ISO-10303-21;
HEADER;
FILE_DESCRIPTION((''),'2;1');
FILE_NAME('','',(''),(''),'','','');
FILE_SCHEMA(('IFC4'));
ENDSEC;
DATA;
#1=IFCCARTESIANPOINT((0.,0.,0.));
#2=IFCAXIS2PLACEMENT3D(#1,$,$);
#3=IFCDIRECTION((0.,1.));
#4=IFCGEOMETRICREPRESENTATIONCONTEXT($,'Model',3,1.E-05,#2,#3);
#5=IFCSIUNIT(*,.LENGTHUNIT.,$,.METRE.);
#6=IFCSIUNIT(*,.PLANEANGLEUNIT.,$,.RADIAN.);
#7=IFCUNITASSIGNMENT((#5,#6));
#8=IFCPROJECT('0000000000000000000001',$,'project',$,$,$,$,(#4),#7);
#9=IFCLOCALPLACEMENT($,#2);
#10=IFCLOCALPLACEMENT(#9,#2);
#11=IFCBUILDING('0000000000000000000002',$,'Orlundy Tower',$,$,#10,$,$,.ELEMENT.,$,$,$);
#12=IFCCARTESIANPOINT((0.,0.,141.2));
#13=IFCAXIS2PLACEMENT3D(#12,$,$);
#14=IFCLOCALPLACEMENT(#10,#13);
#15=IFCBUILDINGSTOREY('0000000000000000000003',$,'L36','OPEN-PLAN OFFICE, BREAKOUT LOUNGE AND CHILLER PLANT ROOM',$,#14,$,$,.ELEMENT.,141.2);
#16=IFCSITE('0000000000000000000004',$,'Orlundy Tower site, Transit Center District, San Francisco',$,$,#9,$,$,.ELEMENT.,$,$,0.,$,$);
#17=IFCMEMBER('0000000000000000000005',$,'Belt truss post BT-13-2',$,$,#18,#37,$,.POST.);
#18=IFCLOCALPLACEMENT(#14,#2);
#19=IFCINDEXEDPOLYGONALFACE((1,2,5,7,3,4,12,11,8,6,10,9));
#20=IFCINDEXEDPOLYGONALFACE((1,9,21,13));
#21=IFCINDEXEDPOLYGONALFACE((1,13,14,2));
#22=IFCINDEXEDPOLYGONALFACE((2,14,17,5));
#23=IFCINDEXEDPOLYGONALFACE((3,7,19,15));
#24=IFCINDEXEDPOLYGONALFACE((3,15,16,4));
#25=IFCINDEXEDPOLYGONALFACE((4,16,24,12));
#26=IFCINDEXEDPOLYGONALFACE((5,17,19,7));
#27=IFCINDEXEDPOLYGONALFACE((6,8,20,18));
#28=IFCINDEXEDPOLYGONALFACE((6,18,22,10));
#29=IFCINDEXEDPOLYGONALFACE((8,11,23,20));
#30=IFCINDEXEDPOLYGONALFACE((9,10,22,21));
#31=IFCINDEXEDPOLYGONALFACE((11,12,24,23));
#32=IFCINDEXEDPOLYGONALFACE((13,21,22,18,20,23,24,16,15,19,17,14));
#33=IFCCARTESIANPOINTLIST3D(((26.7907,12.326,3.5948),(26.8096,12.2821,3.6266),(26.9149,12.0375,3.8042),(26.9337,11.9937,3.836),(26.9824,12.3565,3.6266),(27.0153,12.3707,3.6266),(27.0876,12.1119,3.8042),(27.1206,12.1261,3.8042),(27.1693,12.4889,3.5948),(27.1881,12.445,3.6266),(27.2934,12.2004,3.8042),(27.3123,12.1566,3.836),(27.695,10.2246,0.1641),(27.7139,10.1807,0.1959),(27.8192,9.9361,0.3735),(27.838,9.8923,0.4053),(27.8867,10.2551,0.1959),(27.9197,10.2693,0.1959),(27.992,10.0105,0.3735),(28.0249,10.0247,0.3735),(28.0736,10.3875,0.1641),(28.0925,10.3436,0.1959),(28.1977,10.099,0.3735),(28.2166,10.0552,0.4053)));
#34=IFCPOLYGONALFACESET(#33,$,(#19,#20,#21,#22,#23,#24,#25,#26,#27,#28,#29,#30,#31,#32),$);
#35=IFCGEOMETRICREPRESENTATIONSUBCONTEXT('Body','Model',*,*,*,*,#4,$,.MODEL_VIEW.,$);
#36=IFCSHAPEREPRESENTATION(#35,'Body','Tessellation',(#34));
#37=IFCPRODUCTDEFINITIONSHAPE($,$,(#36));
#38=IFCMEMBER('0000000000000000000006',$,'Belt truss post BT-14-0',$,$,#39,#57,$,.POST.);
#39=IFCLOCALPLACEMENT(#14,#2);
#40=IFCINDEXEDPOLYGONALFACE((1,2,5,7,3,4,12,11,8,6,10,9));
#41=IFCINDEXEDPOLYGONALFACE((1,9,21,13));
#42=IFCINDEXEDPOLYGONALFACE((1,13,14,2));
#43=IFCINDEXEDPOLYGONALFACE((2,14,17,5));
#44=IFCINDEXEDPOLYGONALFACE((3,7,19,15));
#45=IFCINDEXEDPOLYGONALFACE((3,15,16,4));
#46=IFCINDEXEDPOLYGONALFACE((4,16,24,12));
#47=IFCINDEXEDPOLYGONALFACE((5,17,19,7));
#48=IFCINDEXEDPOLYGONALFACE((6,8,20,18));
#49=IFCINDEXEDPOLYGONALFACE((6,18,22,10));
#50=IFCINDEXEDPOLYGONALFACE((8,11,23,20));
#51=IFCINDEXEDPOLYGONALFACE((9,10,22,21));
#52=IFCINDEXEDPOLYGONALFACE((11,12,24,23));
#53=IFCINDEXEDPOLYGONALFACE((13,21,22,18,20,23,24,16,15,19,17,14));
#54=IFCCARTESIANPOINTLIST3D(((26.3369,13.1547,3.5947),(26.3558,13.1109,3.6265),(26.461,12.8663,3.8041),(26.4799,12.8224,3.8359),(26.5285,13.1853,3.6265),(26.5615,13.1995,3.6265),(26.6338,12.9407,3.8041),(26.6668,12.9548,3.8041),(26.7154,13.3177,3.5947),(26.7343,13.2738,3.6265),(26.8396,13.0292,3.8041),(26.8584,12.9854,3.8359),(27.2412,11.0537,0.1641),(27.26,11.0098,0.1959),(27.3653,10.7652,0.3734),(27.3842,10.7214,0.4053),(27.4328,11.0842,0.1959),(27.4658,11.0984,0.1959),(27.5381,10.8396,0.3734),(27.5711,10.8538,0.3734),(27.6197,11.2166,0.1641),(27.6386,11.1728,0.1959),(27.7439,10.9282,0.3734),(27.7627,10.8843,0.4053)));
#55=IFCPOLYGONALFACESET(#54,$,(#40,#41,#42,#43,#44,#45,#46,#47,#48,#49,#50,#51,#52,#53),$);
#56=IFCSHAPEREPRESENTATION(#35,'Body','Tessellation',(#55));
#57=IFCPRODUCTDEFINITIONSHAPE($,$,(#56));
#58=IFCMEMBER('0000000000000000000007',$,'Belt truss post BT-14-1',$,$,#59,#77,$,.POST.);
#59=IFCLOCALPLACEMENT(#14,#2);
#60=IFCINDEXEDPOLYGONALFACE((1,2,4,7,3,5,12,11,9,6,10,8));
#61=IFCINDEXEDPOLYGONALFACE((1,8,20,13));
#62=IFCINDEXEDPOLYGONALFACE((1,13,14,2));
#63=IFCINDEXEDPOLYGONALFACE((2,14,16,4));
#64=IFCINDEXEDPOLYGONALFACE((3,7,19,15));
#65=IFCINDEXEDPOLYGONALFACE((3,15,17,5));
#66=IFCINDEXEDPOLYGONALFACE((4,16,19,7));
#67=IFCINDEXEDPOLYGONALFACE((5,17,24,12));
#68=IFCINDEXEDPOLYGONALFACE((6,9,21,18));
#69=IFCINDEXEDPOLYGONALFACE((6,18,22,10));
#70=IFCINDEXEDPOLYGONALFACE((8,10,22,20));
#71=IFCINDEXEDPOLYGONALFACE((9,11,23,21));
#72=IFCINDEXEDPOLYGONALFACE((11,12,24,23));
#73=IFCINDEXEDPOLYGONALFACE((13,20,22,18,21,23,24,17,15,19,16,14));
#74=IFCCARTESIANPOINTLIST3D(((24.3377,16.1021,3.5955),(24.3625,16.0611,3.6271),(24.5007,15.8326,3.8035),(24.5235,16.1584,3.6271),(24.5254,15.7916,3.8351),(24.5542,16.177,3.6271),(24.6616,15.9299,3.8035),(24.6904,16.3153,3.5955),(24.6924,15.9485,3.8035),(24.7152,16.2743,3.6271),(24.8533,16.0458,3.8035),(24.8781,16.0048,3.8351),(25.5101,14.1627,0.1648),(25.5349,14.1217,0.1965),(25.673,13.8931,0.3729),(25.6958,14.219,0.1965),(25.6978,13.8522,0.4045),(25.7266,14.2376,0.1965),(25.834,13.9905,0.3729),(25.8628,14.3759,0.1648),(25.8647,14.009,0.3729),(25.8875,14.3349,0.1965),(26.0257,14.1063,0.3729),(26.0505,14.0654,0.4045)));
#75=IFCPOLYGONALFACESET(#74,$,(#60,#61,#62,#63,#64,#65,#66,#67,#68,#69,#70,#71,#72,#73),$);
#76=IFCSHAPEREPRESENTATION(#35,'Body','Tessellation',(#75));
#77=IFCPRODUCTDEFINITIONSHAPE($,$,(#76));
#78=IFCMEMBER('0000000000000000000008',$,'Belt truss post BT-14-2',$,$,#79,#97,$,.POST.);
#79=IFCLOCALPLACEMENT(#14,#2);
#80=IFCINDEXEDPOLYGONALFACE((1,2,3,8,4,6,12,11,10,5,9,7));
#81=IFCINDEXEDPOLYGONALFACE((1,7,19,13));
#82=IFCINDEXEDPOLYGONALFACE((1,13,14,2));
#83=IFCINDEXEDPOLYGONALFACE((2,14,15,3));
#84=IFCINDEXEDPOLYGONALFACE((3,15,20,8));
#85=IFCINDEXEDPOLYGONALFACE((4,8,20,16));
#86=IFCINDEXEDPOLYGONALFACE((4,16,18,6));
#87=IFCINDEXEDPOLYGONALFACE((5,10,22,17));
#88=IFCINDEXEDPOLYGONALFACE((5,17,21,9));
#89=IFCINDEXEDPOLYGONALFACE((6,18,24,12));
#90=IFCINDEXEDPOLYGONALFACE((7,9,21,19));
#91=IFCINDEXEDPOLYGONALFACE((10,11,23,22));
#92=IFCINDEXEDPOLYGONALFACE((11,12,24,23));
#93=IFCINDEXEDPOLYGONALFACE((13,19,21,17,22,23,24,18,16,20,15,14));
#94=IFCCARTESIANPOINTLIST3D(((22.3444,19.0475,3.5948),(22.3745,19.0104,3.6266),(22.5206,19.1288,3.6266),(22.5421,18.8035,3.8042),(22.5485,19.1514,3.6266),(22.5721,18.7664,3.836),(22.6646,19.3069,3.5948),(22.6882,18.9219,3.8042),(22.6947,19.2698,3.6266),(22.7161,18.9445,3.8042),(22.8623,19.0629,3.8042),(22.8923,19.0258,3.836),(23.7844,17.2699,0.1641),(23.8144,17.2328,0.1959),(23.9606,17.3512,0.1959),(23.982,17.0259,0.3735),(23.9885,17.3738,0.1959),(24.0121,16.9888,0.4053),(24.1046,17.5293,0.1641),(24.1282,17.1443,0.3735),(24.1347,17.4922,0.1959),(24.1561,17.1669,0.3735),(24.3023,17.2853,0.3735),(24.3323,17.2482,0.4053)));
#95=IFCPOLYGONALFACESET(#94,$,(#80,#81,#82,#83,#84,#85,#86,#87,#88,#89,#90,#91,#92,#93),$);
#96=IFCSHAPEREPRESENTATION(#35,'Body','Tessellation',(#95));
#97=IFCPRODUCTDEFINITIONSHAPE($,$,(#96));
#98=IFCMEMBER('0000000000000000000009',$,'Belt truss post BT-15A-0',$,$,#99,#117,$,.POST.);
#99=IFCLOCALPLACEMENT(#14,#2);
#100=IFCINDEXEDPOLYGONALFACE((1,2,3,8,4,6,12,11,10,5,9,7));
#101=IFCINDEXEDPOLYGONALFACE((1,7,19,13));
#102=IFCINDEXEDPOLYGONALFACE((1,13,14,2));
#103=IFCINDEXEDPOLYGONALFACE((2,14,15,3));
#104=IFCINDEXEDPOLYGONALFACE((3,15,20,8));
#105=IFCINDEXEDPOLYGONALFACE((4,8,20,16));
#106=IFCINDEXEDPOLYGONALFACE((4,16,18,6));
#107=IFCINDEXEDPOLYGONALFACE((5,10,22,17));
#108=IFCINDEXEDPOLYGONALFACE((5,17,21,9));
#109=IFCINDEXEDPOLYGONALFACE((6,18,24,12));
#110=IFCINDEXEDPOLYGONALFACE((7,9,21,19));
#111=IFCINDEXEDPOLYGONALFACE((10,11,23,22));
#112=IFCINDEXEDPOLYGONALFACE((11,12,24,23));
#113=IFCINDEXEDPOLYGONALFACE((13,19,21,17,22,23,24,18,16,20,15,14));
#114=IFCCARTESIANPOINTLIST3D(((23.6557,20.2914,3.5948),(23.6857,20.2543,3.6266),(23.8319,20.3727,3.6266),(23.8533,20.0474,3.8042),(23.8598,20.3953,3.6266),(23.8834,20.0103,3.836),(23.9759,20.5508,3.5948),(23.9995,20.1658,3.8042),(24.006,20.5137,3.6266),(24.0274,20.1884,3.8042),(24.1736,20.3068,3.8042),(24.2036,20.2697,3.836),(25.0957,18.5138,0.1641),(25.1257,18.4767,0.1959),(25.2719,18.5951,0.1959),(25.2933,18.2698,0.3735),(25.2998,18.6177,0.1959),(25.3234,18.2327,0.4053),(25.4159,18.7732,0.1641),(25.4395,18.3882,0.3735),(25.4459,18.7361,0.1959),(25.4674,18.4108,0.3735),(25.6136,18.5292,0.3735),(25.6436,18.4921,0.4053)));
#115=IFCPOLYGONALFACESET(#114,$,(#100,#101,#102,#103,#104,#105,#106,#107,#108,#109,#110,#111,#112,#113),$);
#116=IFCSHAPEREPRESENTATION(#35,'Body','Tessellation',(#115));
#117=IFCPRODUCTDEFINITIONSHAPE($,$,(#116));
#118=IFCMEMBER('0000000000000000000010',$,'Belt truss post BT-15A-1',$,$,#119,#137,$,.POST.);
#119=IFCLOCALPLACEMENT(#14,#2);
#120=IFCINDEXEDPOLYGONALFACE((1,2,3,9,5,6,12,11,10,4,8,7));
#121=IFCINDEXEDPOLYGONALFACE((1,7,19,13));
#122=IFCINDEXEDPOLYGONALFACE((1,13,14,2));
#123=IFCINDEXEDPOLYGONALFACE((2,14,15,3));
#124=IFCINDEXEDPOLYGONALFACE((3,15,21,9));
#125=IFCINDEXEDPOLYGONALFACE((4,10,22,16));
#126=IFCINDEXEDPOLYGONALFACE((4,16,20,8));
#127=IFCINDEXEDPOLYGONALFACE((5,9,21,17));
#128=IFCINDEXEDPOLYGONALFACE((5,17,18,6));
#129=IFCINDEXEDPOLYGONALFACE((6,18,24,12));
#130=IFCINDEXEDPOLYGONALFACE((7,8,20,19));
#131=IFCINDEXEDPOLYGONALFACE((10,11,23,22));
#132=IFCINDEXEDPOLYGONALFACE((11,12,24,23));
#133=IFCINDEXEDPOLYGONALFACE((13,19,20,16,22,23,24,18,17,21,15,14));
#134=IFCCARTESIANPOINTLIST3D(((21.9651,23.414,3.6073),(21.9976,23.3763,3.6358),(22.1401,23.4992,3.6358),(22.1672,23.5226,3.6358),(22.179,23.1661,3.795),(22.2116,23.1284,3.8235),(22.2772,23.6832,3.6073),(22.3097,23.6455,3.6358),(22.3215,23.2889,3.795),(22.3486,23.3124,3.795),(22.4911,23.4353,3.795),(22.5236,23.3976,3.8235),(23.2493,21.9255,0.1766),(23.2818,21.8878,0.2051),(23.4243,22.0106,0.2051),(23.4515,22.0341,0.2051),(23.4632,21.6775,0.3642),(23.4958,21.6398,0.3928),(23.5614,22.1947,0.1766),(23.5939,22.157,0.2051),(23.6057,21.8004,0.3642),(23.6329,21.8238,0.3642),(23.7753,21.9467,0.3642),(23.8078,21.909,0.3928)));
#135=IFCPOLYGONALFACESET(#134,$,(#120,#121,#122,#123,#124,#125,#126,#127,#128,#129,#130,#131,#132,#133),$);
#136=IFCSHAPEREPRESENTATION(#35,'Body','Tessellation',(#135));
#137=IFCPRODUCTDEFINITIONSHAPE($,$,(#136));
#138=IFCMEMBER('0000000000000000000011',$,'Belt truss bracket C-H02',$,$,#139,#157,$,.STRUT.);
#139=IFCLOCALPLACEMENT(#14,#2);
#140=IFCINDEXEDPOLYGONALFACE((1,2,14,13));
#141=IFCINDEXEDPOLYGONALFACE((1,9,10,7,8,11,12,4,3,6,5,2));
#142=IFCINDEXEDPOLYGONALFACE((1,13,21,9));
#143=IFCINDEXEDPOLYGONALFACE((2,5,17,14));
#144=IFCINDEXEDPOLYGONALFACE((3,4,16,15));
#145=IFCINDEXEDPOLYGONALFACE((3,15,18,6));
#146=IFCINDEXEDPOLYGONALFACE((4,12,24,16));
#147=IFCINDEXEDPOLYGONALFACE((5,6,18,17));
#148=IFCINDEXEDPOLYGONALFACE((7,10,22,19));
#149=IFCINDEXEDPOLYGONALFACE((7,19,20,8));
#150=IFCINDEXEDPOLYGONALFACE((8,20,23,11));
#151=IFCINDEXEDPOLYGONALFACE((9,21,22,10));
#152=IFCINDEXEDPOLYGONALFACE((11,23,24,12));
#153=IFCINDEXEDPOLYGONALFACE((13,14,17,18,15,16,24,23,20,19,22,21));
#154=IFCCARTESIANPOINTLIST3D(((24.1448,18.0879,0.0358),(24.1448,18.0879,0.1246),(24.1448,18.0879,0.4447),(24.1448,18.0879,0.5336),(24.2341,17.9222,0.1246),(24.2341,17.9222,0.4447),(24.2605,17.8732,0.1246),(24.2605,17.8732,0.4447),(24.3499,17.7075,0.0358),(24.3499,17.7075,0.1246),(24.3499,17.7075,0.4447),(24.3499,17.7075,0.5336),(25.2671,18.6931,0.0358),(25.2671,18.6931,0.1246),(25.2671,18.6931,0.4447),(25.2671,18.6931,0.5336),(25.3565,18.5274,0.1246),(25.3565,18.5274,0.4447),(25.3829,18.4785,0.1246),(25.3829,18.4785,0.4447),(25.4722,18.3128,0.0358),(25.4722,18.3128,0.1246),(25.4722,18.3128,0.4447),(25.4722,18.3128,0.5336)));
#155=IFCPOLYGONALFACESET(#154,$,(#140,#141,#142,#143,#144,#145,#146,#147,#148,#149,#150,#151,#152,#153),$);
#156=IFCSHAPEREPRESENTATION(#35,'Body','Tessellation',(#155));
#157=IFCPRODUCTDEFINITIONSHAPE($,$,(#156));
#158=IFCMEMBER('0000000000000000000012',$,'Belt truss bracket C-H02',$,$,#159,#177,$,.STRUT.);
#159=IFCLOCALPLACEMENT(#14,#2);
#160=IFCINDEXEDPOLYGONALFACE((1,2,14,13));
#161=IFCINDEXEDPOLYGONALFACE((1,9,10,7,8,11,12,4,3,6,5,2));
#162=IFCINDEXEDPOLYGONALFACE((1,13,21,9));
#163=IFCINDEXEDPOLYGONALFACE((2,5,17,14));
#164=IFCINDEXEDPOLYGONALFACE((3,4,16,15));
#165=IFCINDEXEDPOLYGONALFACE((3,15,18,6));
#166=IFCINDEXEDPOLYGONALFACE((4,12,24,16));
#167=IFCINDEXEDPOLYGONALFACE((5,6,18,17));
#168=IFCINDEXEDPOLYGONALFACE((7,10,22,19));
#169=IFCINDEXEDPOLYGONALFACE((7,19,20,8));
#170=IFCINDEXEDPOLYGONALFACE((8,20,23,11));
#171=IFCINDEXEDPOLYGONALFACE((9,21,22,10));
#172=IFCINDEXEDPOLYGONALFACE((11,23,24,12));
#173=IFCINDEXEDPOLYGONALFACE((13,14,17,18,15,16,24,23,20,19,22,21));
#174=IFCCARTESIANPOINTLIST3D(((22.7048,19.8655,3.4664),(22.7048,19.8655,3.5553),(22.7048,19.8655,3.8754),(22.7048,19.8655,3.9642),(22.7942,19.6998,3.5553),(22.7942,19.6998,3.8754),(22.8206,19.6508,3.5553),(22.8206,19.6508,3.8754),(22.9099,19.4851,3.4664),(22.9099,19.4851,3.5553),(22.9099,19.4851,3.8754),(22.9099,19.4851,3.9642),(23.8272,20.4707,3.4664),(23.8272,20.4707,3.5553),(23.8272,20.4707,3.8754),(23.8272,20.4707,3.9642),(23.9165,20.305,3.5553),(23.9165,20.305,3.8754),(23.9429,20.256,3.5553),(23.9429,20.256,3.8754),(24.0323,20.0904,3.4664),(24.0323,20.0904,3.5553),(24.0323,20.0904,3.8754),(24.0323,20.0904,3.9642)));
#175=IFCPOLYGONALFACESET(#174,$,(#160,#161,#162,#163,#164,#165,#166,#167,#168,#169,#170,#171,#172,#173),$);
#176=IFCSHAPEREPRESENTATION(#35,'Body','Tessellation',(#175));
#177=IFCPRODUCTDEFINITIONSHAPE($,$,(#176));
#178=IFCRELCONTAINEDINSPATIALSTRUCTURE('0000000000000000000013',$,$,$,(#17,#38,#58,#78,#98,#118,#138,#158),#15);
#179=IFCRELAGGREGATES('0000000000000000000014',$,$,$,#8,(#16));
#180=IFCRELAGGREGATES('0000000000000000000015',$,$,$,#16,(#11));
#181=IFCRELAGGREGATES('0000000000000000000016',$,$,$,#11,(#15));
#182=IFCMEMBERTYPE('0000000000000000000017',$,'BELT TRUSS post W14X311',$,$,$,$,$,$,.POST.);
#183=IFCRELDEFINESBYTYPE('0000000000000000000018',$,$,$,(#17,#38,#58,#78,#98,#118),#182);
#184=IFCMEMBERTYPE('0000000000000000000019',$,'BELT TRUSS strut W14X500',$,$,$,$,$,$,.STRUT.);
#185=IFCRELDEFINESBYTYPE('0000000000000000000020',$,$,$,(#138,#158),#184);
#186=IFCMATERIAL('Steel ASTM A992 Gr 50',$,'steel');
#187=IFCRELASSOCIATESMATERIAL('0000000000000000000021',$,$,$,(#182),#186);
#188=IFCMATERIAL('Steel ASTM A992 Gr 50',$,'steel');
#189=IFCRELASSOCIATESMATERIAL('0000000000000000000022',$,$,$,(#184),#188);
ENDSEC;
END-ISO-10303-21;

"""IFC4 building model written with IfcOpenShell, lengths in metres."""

from ifc_helpers import new_model, si_unit, direction, frame, origin, origin_2d, place, context, subcontext, project, spatial, i_section, extrude, material, material_profile, profile_set, type_object, element, save


model = new_model("IFC4")

# Units and contexts
model_context = context("Model", 3, precision=1e-05, world=origin(), true_north=direction((0.0, 1.0)))
body_context = subcontext(model_context, "Body", "Model", "MODEL_VIEW")
ifc_project = project(units=[si_unit("LENGTHUNIT", "METRE"), si_unit("PLANEANGLEUNIT", "RADIAN")], contexts=[model_context])

# Site, building, storey
site_placement = place(None, origin())
site = spatial("IfcSite", under=ifc_project, at=site_placement, Name="Orlundy Tower site, Transit Center District, San Francisco", CompositionType="ELEMENT", RefElevation=0.0)
building_placement = place(site_placement, origin())
building = spatial("IfcBuilding", under=site, at=building_placement, Name="Orlundy Tower", CompositionType="ELEMENT")
storey_placement = place(building_placement, frame((0.0, 0.0, 141.2)))
storey = spatial("IfcBuildingStorey", under=building, at=storey_placement, Name="L36", Description="OPEN-PLAN OFFICE, BREAKOUT LOUNGE AND CHILLER PLANT ROOM", CompositionType="ELEMENT", Elevation=141.2)

# Members
ifc_material_1 = material(Name="Steel ASTM A992 Gr 50", Category="steel")
ifc_material_profile_1 = material_profile(ifc_material_1, i_section(OverallWidth=0.4121, OverallDepth=0.4348, WebThickness=0.0359, FlangeThickness=0.0574, at=origin_2d()), Name="W14X311")
ifc_profile_set_1 = profile_set([ifc_material_profile_1], Name="Steel ASTM A992 Gr 50")
member_type_1 = type_object("IfcMemberType", Name="BELT TRUSS post W14X311", PredefinedType="POST", material=ifc_profile_set_1)
member_1_placement = place(storey_placement, frame((27.9558, 10.1399, 0.2847), z_axis=(-0.219306, 0.509603, 0.831991), x_axis=(-0.918553, -0.395297, 0.0)))
element("IfcMember", 1, at=member_1_placement, inside=storey, type_object=member_type_1, Name="Belt truss post BT-13-2", PredefinedType="POST", context=body_context, shape_type="SweptSolid", body=[
    extrude(i_section(OverallWidth=0.4121, OverallDepth=0.4348, WebThickness=0.0359, FlangeThickness=0.0574, at=origin_2d()), origin(), (0.0, 0.0, 1.0), 4.1235),
])
member_2_placement = place(storey_placement, frame((27.502, 10.969, 0.2847), z_axis=(-0.219313, 0.50956, 0.832016), x_axis=(-0.918537, -0.395336, 0.0)))
element("IfcMember", 2, at=member_2_placement, inside=storey, type_object=member_type_1, Name="Belt truss post BT-14-0", PredefinedType="POST", context=body_context, shape_type="SweptSolid", body=[
    extrude(i_section(OverallWidth=0.4121, OverallDepth=0.4348, WebThickness=0.0359, FlangeThickness=0.0574, at=origin_2d()), origin(), (0.0, 0.0, 1.0), 4.1233),
])
member_3_placement = place(storey_placement, frame((25.7803, 14.114, 0.2847), z_axis=(-0.285135, 0.471701, 0.834384), x_axis=(-0.855796, -0.517313, 0.0)))
element("IfcMember", 3, at=member_3_placement, inside=storey, type_object=member_type_1, Name="Belt truss post BT-14-1", PredefinedType="POST", context=body_context, shape_type="SweptSolid", body=[
    extrude(i_section(OverallWidth=0.4121, OverallDepth=0.4348, WebThickness=0.0359, FlangeThickness=0.0574, at=origin_2d()), origin(), (0.0, 0.0, 1.0), 4.1116),
])
for number, where, z_axis, x_axis, name in (
    (4, (24.0583, 17.259, 0.2847), (-0.349209, 0.431094, 0.831992), (-0.777044, -0.629447, 0.0), "Belt truss post BT-14-2"),
    (5, (25.3696, 18.5029, 0.2847), (-0.349209, 0.431094, 0.831992), (-0.777044, -0.629447, 0.0), "Belt truss post BT-15A-0"),
):
    element("IfcMember", number, at=place(storey_placement, frame(where, z_axis=z_axis, x_axis=x_axis)), inside=storey, type_object=member_type_1, Name=name, PredefinedType="POST", context=body_context, shape_type="SweptSolid", body=[
        extrude(i_section(OverallWidth=0.4121, OverallDepth=0.4348, WebThickness=0.0359, FlangeThickness=0.0574, at=origin_2d()), origin(), (0.0, 0.0, 1.0), 4.1235),
    ])
member_4_placement = place(storey_placement, frame((23.5286, 21.9172, 0.2847), z_axis=(-0.324778, 0.376459, 0.867639), x_axis=(-0.757166, -0.653222, 0.0)))
element("IfcMember", 6, at=member_4_placement, inside=storey, type_object=member_type_1, Name="Belt truss post BT-15A-1", PredefinedType="POST", context=body_context, shape_type="SweptSolid", body=[
    extrude(i_section(OverallWidth=0.4121, OverallDepth=0.4348, WebThickness=0.0359, FlangeThickness=0.0574, at=origin_2d()), origin(), (0.0, 0.0, 1.0), 3.9541),
])
ifc_material_2 = material(Name="Steel ASTM A992 Gr 50", Category="steel")
ifc_material_profile_2 = material_profile(ifc_material_2, i_section(OverallWidth=0.4321, OverallDepth=0.4978, WebThickness=0.0557, FlangeThickness=0.0889, at=origin_2d()), Name="W14X500")
ifc_profile_set_2 = profile_set([ifc_material_profile_2], Name="Steel ASTM A992 Gr 50")
member_type_2 = type_object("IfcMemberType", Name="BELT TRUSS strut W14X500", PredefinedType="STRUT", material=ifc_profile_set_2)
for number, where, z_axis, x_axis, name in (
    (7, (24.2473, 17.8977, 0.2847), (0.880176, 0.474648, 0.0), (-0.474648, 0.880176, 0.0), "Belt truss bracket C-H02"),
    (8, (22.8074, 19.6753, 3.7153), (0.880176, 0.474648, 0.0), (-0.474648, 0.880176, 0.0), "Belt truss bracket C-H02"),
):
    element("IfcMember", number, at=place(storey_placement, frame(where, z_axis=z_axis, x_axis=x_axis)), inside=storey, type_object=member_type_2, Name=name, PredefinedType="STRUT", context=body_context, shape_type="SweptSolid", body=[
        extrude(i_section(OverallWidth=0.4321, OverallDepth=0.4978, WebThickness=0.0557, FlangeThickness=0.0889, at=origin_2d()), origin(), (0.0, 0.0, 1.0), 1.2751),
    ])

save(model, "model.ifc")
